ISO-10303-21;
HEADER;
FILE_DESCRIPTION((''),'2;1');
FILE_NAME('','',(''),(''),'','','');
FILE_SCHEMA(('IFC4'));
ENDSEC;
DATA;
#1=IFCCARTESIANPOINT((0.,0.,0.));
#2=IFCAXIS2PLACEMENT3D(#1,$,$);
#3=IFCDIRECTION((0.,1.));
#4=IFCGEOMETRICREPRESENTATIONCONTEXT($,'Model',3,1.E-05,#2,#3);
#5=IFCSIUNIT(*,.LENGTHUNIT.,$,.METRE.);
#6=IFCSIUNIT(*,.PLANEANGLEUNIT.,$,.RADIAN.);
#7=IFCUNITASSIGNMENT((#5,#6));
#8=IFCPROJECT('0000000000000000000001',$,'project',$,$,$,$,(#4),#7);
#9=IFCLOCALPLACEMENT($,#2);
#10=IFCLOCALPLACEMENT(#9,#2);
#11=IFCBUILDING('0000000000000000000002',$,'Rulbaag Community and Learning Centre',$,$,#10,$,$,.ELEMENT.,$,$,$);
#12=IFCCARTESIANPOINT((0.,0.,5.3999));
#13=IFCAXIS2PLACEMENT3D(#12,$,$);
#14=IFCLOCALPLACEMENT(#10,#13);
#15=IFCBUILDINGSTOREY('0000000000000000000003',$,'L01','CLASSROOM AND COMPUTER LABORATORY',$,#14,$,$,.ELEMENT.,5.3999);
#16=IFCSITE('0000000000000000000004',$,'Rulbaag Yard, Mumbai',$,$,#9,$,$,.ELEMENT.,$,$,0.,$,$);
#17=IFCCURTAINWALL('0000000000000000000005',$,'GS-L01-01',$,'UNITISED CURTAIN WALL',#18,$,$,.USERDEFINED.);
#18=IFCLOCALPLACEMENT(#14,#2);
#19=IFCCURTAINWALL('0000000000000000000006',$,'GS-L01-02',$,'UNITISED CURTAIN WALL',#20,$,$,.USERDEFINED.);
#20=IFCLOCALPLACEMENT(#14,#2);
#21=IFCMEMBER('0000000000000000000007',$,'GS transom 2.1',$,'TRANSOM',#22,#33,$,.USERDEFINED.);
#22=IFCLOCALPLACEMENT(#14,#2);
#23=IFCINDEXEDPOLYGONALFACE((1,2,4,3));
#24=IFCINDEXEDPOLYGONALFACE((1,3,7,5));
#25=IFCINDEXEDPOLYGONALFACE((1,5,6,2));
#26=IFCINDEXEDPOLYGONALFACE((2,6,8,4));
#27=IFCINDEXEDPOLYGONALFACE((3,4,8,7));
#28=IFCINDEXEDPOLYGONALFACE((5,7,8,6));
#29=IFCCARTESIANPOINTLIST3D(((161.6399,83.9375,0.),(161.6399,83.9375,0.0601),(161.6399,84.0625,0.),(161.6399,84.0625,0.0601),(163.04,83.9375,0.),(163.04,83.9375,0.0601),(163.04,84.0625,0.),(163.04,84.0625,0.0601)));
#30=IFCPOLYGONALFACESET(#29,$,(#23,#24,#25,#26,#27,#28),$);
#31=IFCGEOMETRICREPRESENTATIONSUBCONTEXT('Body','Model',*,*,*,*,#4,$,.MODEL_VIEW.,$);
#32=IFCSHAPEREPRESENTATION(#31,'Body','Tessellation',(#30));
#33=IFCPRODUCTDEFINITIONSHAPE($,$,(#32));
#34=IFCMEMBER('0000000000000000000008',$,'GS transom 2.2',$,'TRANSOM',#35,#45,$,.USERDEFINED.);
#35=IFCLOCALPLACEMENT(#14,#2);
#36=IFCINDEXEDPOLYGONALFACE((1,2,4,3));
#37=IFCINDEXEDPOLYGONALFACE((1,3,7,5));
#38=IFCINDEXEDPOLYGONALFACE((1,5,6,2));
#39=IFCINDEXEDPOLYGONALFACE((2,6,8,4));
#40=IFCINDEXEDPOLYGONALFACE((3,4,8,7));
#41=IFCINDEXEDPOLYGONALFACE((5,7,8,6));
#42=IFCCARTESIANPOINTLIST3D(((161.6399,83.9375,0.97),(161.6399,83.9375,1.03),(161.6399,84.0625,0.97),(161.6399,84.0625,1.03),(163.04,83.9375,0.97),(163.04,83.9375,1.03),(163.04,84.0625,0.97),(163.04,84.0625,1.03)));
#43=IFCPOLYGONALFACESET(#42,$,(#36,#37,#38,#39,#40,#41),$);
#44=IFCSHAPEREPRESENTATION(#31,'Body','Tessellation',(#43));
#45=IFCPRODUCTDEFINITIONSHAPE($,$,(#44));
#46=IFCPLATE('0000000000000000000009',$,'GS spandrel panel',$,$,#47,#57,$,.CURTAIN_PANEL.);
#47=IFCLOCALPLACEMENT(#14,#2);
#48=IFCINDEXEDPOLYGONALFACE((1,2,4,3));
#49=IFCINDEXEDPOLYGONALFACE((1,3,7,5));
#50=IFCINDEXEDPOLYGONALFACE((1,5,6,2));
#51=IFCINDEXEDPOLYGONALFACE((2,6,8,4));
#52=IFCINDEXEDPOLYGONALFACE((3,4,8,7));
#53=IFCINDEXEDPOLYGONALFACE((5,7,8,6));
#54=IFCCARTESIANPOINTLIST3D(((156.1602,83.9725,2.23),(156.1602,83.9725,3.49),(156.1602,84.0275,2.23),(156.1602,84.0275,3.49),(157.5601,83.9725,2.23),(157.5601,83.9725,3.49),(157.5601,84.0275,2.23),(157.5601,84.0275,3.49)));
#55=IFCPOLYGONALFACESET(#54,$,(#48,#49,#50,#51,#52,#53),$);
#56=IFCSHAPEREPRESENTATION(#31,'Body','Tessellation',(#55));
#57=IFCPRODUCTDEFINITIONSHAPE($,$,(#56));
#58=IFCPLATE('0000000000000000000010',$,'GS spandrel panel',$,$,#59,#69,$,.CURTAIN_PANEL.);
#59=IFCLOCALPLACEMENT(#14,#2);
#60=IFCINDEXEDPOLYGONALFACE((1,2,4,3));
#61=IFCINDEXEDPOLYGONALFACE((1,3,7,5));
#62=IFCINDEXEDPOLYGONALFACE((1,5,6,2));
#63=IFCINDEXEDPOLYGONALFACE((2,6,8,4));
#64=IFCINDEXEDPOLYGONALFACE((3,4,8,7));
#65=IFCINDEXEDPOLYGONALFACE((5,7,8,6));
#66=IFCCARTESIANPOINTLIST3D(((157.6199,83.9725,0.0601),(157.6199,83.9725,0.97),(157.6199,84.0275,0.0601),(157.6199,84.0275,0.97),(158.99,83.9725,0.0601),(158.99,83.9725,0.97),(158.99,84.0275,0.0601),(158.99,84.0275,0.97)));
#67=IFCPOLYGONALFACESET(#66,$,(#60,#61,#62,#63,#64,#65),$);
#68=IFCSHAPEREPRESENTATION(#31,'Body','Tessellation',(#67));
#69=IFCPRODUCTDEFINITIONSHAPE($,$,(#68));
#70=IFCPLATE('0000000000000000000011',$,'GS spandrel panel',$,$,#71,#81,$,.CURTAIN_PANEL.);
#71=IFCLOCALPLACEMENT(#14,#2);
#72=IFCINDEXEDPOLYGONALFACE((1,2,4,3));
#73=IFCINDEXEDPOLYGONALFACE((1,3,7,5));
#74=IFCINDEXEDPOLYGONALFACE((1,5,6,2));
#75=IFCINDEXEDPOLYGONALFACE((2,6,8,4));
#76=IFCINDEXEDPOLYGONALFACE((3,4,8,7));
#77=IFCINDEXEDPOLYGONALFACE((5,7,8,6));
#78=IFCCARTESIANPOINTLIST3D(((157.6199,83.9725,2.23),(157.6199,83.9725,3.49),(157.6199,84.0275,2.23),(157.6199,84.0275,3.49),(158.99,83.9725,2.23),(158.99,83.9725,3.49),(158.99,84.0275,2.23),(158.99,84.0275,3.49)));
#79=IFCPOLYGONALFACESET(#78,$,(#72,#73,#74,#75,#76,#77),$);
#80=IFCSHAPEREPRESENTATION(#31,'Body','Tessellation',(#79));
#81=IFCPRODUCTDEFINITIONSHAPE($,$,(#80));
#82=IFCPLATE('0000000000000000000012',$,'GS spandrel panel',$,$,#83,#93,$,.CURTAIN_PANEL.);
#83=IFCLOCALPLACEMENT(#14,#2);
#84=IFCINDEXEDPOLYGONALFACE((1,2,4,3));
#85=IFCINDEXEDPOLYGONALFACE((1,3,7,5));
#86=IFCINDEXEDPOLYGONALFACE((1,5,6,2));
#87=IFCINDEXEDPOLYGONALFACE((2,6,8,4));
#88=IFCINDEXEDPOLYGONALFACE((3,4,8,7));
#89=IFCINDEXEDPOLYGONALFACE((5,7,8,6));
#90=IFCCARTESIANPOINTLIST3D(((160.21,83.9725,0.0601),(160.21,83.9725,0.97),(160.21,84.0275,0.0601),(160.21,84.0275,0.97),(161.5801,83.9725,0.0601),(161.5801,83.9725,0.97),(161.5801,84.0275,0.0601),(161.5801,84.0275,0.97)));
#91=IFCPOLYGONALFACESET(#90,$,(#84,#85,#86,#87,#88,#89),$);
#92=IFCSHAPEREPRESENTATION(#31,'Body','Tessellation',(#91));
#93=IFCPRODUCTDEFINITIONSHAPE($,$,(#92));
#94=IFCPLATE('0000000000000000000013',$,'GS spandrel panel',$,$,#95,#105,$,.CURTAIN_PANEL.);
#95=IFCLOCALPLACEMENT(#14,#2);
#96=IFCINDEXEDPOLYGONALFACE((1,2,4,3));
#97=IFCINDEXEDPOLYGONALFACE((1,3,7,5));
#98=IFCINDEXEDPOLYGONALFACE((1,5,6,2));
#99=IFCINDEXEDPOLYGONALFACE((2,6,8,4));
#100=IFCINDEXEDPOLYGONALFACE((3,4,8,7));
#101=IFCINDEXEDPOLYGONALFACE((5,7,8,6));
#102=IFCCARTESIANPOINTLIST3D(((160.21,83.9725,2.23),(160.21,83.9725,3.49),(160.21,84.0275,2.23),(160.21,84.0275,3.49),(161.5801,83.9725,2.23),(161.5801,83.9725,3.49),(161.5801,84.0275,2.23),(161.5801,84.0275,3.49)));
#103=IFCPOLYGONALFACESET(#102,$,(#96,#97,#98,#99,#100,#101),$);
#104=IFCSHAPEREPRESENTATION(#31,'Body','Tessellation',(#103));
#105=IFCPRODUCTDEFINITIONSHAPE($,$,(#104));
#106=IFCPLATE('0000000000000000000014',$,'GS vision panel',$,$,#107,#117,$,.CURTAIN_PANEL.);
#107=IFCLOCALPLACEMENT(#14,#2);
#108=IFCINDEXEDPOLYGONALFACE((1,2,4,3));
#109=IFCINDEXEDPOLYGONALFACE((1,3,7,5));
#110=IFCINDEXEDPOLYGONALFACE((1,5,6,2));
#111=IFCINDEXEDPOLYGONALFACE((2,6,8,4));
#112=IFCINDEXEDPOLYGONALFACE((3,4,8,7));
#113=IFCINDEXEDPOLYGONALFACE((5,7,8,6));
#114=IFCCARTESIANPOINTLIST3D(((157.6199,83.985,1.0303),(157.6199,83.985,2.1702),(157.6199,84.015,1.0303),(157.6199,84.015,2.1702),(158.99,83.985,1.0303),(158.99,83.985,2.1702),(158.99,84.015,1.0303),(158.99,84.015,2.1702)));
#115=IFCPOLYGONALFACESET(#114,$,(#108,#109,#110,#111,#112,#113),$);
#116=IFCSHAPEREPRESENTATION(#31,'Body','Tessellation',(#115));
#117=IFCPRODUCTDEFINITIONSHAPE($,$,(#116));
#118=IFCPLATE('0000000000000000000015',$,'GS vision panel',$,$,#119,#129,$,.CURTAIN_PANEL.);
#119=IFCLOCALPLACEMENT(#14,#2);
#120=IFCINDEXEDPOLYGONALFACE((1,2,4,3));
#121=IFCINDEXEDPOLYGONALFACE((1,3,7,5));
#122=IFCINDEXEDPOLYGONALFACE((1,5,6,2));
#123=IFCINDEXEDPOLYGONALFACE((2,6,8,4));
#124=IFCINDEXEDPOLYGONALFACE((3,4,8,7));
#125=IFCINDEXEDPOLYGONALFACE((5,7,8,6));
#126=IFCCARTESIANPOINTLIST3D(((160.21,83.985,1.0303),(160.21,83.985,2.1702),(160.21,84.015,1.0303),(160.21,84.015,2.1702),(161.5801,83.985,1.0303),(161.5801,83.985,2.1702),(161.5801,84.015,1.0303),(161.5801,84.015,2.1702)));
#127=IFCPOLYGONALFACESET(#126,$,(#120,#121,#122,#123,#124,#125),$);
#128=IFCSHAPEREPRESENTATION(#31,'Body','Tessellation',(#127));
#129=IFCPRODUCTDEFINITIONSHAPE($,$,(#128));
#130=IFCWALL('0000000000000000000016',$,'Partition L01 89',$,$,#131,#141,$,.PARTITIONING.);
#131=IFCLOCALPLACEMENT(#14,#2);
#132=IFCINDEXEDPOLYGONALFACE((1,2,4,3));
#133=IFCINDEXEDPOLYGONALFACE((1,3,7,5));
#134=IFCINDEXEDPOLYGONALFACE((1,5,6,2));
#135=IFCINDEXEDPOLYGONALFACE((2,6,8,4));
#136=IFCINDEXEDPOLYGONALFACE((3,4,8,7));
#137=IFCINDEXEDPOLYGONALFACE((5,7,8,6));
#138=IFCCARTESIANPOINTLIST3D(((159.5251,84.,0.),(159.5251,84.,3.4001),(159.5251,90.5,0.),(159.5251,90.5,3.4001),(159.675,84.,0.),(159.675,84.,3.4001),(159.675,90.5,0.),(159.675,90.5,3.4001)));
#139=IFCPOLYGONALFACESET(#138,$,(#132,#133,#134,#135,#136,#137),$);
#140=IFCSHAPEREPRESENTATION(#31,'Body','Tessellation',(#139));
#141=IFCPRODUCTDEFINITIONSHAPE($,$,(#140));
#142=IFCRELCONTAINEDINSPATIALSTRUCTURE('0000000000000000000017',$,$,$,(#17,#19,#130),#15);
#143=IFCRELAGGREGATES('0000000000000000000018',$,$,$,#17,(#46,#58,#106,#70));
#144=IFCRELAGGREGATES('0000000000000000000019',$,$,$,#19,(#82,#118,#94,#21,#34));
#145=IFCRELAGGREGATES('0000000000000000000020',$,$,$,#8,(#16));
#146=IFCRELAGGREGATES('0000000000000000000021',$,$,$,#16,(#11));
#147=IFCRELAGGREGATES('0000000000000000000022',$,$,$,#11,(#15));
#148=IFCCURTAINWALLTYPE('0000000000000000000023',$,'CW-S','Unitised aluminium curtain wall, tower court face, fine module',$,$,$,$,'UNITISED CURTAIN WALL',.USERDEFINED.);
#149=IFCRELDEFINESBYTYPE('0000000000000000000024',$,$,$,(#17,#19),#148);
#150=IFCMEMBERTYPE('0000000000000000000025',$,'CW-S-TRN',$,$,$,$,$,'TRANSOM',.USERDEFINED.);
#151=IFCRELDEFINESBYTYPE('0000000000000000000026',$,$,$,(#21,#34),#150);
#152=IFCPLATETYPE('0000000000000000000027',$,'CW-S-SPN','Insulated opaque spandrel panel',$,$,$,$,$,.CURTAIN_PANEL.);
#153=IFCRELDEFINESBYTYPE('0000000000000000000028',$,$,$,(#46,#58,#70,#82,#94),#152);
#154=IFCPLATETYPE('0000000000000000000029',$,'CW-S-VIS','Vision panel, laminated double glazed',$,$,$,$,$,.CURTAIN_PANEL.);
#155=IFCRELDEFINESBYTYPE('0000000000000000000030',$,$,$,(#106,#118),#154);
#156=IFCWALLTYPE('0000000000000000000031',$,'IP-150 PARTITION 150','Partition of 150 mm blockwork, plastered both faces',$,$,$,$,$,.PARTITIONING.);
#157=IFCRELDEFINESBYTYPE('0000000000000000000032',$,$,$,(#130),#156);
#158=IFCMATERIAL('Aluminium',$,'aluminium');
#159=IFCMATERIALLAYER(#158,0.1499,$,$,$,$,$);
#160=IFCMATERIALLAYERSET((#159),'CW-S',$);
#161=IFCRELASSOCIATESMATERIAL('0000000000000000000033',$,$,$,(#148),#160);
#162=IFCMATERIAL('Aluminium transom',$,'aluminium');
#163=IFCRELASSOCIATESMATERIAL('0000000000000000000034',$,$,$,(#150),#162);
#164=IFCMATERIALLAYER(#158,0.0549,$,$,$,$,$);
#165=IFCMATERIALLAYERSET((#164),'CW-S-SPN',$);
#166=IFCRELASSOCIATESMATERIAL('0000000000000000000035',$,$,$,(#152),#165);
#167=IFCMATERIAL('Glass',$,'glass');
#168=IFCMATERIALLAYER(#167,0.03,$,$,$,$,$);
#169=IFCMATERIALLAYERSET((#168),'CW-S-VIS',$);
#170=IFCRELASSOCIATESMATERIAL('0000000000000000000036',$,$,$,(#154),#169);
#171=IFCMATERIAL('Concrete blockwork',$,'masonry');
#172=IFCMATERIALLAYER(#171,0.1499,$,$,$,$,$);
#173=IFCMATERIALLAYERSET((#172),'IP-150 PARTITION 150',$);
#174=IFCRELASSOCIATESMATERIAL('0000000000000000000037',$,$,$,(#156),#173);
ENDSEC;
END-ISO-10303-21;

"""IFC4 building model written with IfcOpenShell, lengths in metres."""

from ifc_helpers import new_model, si_unit, direction, frame, frame_2d, origin, origin_2d, place, context, subcontext, project, spatial, rectangle, extrude, material, layer, layer_set, material_profile, profile_set, type_object, element, aggregate, save


model = new_model("IFC4")

# Units and contexts
model_context = context("Model", 3, precision=1e-05, world=origin(), true_north=direction((0.0, 1.0)))
body_context = subcontext(model_context, "Body", "Model", "MODEL_VIEW")
ifc_project = project(units=[si_unit("LENGTHUNIT", "METRE"), si_unit("PLANEANGLEUNIT", "RADIAN")], contexts=[model_context])

# Site, building, storey
site_placement = place(None, origin())
site = spatial("IfcSite", under=ifc_project, at=site_placement, Name="Rulbaag Yard, Mumbai", CompositionType="ELEMENT", RefElevation=0.0)
building_placement = place(site_placement, origin())
building = spatial("IfcBuilding", under=site, at=building_placement, Name="Rulbaag Community and Learning Centre", CompositionType="ELEMENT")
storey_placement = place(building_placement, frame((0.0, 0.0, 5.3999)))
storey = spatial("IfcBuildingStorey", under=building, at=storey_placement, Name="L01", Description="CLASSROOM AND COMPUTER LABORATORY", CompositionType="ELEMENT", Elevation=5.3999)

# Curtain walls
ifc_material_1 = material(Name="Aluminium", Category="aluminium")
ifc_layer_1 = layer(ifc_material_1, 0.1499)
ifc_layer_set_1 = layer_set([ifc_layer_1], Name="CW-S")
curtain_wall_type = type_object("IfcCurtainWallType", Name="CW-S", Description="Unitised aluminium curtain wall, tower court face, fine module", ElementType="UNITISED CURTAIN WALL", PredefinedType="USERDEFINED", material=ifc_layer_set_1)
curtain_wall_1_placement = place(storey_placement, origin())
curtain_wall_1 = element("IfcCurtainWall", 1, at=curtain_wall_1_placement, inside=storey, type_object=curtain_wall_type, Name="GS-L01-01", ObjectType="UNITISED CURTAIN WALL", PredefinedType="USERDEFINED")
curtain_wall_2_placement = place(storey_placement, origin())
curtain_wall_2 = element("IfcCurtainWall", 2, at=curtain_wall_2_placement, inside=storey, type_object=curtain_wall_type, Name="GS-L01-02", ObjectType="UNITISED CURTAIN WALL", PredefinedType="USERDEFINED")

# Members
ifc_material_2 = material(Name="Aluminium transom", Category="aluminium")
ifc_material_profile_1 = material_profile(ifc_material_2, rectangle(XDim=0.125, YDim=0.0601, at=origin_2d()), Name="AL 60x125 T")
ifc_profile_set_1 = profile_set([ifc_material_profile_1], Name="Aluminium transom")
member_type_1 = type_object("IfcMemberType", Name="CW-S-TRN", ElementType="TRANSOM", PredefinedType="USERDEFINED", material=ifc_profile_set_1)
member_1_placement = place(storey_placement, frame((161.6399, 84.0, 0.03), z_axis=(1.0, 0.0, 0.0), x_axis=(0.0, 1.0, 0.0)))
member_1 = element("IfcMember", 3, at=member_1_placement, type_object=member_type_1, Name="GS transom 2.1", ObjectType="TRANSOM", PredefinedType="USERDEFINED", context=body_context, shape_type="SweptSolid", body=[
    extrude(rectangle(XDim=0.125, YDim=0.0601, at=origin_2d()), origin(), (0.0, 0.0, 1.0), 1.4001),
])
member_2_placement = place(storey_placement, frame((161.6399, 84.0, 1.0), z_axis=(1.0, 0.0, 0.0), x_axis=(0.0, 1.0, 0.0)))
member_2 = element("IfcMember", 4, at=member_2_placement, type_object=member_type_1, Name="GS transom 2.2", ObjectType="TRANSOM", PredefinedType="USERDEFINED", context=body_context, shape_type="SweptSolid", body=[
    extrude(rectangle(XDim=0.125, YDim=0.0601, at=origin_2d()), origin(), (0.0, 0.0, 1.0), 1.4001),
])

# Plates
ifc_layer_2 = layer(ifc_material_1, 0.0549)
ifc_layer_set_2 = layer_set([ifc_layer_2], Name="CW-S-SPN")
plate_type_1 = type_object("IfcPlateType", Name="CW-S-SPN", Description="Insulated opaque spandrel panel", PredefinedType="CURTAIN_PANEL", material=ifc_layer_set_2)
plate_1_placement = place(storey_placement, frame((156.8601, 84.0, 2.23), z_axis=(0.0, 0.0, 1.0), x_axis=(1.0, 0.0, 0.0)))
plate_1 = element("IfcPlate", 5, at=plate_1_placement, type_object=plate_type_1, Name="GS spandrel panel", PredefinedType="CURTAIN_PANEL", context=body_context, shape_type="SweptSolid", body=[
    extrude(rectangle(XDim=1.3999, YDim=0.0549, at=origin_2d()), origin(), (0.0, 0.0, 1.0), 1.26),
])
plate_2_placement = place(storey_placement, frame((158.3049, 84.0, 0.0601), z_axis=(0.0, 0.0, 1.0), x_axis=(1.0, 0.0, 0.0)))
plate_2 = element("IfcPlate", 6, at=plate_2_placement, type_object=plate_type_1, Name="GS spandrel panel", PredefinedType="CURTAIN_PANEL", context=body_context, shape_type="SweptSolid", body=[
    extrude(rectangle(XDim=1.3701, YDim=0.0549, at=origin_2d()), origin(), (0.0, 0.0, 1.0), 0.9099),
])
plate_3_placement = place(storey_placement, frame((158.3049, 84.0, 2.23), z_axis=(0.0, 0.0, 1.0), x_axis=(1.0, 0.0, 0.0)))
plate_3 = element("IfcPlate", 7, at=plate_3_placement, type_object=plate_type_1, Name="GS spandrel panel", PredefinedType="CURTAIN_PANEL", context=body_context, shape_type="SweptSolid", body=[
    extrude(rectangle(XDim=1.3701, YDim=0.0549, at=origin_2d()), origin(), (0.0, 0.0, 1.0), 1.26),
])
plate_4_placement = place(storey_placement, frame((160.895, 84.0, 0.0601), z_axis=(0.0, 0.0, 1.0), x_axis=(1.0, 0.0, 0.0)))
plate_4 = element("IfcPlate", 8, at=plate_4_placement, type_object=plate_type_1, Name="GS spandrel panel", PredefinedType="CURTAIN_PANEL", context=body_context, shape_type="SweptSolid", body=[
    extrude(rectangle(XDim=1.3701, YDim=0.0549, at=origin_2d()), origin(), (0.0, 0.0, 1.0), 0.9099),
])
plate_5_placement = place(storey_placement, frame((160.895, 84.0, 2.23), z_axis=(0.0, 0.0, 1.0), x_axis=(1.0, 0.0, 0.0)))
plate_5 = element("IfcPlate", 9, at=plate_5_placement, type_object=plate_type_1, Name="GS spandrel panel", PredefinedType="CURTAIN_PANEL", context=body_context, shape_type="SweptSolid", body=[
    extrude(rectangle(XDim=1.3701, YDim=0.0549, at=origin_2d()), origin(), (0.0, 0.0, 1.0), 1.26),
])
ifc_material_3 = material(Name="Glass", Category="glass")
ifc_layer_3 = layer(ifc_material_3, 0.03)
ifc_layer_set_3 = layer_set([ifc_layer_3], Name="CW-S-VIS")
plate_type_2 = type_object("IfcPlateType", Name="CW-S-VIS", Description="Vision panel, laminated double glazed", PredefinedType="CURTAIN_PANEL", material=ifc_layer_set_3)
plate_6_placement = place(storey_placement, frame((158.3049, 84.0, 1.0303), z_axis=(0.0, 0.0, 1.0), x_axis=(1.0, 0.0, 0.0)))
plate_6 = element("IfcPlate", 10, at=plate_6_placement, type_object=plate_type_2, Name="GS vision panel", PredefinedType="CURTAIN_PANEL", context=body_context, shape_type="SweptSolid", body=[
    extrude(rectangle(XDim=1.3701, YDim=0.03, at=origin_2d()), origin(), (0.0, 0.0, 1.0), 1.1399),
])
aggregate(curtain_wall_1, [plate_1, plate_2, plate_6, plate_3])
plate_7_placement = place(storey_placement, frame((160.895, 84.0, 1.0303), z_axis=(0.0, 0.0, 1.0), x_axis=(1.0, 0.0, 0.0)))
plate_7 = element("IfcPlate", 11, at=plate_7_placement, type_object=plate_type_2, Name="GS vision panel", PredefinedType="CURTAIN_PANEL", context=body_context, shape_type="SweptSolid", body=[
    extrude(rectangle(XDim=1.3701, YDim=0.03, at=origin_2d()), origin(), (0.0, 0.0, 1.0), 1.1399),
])
aggregate(curtain_wall_2, [plate_4, plate_7, plate_5, member_1, member_2])

# Wall
ifc_material_4 = material(Name="Concrete blockwork", Category="masonry")
ifc_layer_4 = layer(ifc_material_4, 0.1499)
ifc_layer_set_4 = layer_set([ifc_layer_4], Name="IP-150 PARTITION 150")
wall_type = type_object("IfcWallType", Name="IP-150 PARTITION 150", Description="Partition of 150 mm blockwork, plastered both faces", PredefinedType="PARTITIONING", material=ifc_layer_set_4)
wall_placement = place(storey_placement, frame((159.6001, 84.0, 0.0), z_axis=(0.0, 0.0, 1.0), x_axis=(0.0, 1.0, 0.0)))
element("IfcWall", 12, at=wall_placement, inside=storey, type_object=wall_type, Name="Partition L01 89", PredefinedType="PARTITIONING", context=body_context, shape_type="SweptSolid", body=[
    extrude(rectangle(XDim=6.5, YDim=0.1499, at=frame_2d((3.25, 0.0))), origin(), (0.0, 0.0, 1.0), 3.4001),
])

save(model, "model.ifc")
